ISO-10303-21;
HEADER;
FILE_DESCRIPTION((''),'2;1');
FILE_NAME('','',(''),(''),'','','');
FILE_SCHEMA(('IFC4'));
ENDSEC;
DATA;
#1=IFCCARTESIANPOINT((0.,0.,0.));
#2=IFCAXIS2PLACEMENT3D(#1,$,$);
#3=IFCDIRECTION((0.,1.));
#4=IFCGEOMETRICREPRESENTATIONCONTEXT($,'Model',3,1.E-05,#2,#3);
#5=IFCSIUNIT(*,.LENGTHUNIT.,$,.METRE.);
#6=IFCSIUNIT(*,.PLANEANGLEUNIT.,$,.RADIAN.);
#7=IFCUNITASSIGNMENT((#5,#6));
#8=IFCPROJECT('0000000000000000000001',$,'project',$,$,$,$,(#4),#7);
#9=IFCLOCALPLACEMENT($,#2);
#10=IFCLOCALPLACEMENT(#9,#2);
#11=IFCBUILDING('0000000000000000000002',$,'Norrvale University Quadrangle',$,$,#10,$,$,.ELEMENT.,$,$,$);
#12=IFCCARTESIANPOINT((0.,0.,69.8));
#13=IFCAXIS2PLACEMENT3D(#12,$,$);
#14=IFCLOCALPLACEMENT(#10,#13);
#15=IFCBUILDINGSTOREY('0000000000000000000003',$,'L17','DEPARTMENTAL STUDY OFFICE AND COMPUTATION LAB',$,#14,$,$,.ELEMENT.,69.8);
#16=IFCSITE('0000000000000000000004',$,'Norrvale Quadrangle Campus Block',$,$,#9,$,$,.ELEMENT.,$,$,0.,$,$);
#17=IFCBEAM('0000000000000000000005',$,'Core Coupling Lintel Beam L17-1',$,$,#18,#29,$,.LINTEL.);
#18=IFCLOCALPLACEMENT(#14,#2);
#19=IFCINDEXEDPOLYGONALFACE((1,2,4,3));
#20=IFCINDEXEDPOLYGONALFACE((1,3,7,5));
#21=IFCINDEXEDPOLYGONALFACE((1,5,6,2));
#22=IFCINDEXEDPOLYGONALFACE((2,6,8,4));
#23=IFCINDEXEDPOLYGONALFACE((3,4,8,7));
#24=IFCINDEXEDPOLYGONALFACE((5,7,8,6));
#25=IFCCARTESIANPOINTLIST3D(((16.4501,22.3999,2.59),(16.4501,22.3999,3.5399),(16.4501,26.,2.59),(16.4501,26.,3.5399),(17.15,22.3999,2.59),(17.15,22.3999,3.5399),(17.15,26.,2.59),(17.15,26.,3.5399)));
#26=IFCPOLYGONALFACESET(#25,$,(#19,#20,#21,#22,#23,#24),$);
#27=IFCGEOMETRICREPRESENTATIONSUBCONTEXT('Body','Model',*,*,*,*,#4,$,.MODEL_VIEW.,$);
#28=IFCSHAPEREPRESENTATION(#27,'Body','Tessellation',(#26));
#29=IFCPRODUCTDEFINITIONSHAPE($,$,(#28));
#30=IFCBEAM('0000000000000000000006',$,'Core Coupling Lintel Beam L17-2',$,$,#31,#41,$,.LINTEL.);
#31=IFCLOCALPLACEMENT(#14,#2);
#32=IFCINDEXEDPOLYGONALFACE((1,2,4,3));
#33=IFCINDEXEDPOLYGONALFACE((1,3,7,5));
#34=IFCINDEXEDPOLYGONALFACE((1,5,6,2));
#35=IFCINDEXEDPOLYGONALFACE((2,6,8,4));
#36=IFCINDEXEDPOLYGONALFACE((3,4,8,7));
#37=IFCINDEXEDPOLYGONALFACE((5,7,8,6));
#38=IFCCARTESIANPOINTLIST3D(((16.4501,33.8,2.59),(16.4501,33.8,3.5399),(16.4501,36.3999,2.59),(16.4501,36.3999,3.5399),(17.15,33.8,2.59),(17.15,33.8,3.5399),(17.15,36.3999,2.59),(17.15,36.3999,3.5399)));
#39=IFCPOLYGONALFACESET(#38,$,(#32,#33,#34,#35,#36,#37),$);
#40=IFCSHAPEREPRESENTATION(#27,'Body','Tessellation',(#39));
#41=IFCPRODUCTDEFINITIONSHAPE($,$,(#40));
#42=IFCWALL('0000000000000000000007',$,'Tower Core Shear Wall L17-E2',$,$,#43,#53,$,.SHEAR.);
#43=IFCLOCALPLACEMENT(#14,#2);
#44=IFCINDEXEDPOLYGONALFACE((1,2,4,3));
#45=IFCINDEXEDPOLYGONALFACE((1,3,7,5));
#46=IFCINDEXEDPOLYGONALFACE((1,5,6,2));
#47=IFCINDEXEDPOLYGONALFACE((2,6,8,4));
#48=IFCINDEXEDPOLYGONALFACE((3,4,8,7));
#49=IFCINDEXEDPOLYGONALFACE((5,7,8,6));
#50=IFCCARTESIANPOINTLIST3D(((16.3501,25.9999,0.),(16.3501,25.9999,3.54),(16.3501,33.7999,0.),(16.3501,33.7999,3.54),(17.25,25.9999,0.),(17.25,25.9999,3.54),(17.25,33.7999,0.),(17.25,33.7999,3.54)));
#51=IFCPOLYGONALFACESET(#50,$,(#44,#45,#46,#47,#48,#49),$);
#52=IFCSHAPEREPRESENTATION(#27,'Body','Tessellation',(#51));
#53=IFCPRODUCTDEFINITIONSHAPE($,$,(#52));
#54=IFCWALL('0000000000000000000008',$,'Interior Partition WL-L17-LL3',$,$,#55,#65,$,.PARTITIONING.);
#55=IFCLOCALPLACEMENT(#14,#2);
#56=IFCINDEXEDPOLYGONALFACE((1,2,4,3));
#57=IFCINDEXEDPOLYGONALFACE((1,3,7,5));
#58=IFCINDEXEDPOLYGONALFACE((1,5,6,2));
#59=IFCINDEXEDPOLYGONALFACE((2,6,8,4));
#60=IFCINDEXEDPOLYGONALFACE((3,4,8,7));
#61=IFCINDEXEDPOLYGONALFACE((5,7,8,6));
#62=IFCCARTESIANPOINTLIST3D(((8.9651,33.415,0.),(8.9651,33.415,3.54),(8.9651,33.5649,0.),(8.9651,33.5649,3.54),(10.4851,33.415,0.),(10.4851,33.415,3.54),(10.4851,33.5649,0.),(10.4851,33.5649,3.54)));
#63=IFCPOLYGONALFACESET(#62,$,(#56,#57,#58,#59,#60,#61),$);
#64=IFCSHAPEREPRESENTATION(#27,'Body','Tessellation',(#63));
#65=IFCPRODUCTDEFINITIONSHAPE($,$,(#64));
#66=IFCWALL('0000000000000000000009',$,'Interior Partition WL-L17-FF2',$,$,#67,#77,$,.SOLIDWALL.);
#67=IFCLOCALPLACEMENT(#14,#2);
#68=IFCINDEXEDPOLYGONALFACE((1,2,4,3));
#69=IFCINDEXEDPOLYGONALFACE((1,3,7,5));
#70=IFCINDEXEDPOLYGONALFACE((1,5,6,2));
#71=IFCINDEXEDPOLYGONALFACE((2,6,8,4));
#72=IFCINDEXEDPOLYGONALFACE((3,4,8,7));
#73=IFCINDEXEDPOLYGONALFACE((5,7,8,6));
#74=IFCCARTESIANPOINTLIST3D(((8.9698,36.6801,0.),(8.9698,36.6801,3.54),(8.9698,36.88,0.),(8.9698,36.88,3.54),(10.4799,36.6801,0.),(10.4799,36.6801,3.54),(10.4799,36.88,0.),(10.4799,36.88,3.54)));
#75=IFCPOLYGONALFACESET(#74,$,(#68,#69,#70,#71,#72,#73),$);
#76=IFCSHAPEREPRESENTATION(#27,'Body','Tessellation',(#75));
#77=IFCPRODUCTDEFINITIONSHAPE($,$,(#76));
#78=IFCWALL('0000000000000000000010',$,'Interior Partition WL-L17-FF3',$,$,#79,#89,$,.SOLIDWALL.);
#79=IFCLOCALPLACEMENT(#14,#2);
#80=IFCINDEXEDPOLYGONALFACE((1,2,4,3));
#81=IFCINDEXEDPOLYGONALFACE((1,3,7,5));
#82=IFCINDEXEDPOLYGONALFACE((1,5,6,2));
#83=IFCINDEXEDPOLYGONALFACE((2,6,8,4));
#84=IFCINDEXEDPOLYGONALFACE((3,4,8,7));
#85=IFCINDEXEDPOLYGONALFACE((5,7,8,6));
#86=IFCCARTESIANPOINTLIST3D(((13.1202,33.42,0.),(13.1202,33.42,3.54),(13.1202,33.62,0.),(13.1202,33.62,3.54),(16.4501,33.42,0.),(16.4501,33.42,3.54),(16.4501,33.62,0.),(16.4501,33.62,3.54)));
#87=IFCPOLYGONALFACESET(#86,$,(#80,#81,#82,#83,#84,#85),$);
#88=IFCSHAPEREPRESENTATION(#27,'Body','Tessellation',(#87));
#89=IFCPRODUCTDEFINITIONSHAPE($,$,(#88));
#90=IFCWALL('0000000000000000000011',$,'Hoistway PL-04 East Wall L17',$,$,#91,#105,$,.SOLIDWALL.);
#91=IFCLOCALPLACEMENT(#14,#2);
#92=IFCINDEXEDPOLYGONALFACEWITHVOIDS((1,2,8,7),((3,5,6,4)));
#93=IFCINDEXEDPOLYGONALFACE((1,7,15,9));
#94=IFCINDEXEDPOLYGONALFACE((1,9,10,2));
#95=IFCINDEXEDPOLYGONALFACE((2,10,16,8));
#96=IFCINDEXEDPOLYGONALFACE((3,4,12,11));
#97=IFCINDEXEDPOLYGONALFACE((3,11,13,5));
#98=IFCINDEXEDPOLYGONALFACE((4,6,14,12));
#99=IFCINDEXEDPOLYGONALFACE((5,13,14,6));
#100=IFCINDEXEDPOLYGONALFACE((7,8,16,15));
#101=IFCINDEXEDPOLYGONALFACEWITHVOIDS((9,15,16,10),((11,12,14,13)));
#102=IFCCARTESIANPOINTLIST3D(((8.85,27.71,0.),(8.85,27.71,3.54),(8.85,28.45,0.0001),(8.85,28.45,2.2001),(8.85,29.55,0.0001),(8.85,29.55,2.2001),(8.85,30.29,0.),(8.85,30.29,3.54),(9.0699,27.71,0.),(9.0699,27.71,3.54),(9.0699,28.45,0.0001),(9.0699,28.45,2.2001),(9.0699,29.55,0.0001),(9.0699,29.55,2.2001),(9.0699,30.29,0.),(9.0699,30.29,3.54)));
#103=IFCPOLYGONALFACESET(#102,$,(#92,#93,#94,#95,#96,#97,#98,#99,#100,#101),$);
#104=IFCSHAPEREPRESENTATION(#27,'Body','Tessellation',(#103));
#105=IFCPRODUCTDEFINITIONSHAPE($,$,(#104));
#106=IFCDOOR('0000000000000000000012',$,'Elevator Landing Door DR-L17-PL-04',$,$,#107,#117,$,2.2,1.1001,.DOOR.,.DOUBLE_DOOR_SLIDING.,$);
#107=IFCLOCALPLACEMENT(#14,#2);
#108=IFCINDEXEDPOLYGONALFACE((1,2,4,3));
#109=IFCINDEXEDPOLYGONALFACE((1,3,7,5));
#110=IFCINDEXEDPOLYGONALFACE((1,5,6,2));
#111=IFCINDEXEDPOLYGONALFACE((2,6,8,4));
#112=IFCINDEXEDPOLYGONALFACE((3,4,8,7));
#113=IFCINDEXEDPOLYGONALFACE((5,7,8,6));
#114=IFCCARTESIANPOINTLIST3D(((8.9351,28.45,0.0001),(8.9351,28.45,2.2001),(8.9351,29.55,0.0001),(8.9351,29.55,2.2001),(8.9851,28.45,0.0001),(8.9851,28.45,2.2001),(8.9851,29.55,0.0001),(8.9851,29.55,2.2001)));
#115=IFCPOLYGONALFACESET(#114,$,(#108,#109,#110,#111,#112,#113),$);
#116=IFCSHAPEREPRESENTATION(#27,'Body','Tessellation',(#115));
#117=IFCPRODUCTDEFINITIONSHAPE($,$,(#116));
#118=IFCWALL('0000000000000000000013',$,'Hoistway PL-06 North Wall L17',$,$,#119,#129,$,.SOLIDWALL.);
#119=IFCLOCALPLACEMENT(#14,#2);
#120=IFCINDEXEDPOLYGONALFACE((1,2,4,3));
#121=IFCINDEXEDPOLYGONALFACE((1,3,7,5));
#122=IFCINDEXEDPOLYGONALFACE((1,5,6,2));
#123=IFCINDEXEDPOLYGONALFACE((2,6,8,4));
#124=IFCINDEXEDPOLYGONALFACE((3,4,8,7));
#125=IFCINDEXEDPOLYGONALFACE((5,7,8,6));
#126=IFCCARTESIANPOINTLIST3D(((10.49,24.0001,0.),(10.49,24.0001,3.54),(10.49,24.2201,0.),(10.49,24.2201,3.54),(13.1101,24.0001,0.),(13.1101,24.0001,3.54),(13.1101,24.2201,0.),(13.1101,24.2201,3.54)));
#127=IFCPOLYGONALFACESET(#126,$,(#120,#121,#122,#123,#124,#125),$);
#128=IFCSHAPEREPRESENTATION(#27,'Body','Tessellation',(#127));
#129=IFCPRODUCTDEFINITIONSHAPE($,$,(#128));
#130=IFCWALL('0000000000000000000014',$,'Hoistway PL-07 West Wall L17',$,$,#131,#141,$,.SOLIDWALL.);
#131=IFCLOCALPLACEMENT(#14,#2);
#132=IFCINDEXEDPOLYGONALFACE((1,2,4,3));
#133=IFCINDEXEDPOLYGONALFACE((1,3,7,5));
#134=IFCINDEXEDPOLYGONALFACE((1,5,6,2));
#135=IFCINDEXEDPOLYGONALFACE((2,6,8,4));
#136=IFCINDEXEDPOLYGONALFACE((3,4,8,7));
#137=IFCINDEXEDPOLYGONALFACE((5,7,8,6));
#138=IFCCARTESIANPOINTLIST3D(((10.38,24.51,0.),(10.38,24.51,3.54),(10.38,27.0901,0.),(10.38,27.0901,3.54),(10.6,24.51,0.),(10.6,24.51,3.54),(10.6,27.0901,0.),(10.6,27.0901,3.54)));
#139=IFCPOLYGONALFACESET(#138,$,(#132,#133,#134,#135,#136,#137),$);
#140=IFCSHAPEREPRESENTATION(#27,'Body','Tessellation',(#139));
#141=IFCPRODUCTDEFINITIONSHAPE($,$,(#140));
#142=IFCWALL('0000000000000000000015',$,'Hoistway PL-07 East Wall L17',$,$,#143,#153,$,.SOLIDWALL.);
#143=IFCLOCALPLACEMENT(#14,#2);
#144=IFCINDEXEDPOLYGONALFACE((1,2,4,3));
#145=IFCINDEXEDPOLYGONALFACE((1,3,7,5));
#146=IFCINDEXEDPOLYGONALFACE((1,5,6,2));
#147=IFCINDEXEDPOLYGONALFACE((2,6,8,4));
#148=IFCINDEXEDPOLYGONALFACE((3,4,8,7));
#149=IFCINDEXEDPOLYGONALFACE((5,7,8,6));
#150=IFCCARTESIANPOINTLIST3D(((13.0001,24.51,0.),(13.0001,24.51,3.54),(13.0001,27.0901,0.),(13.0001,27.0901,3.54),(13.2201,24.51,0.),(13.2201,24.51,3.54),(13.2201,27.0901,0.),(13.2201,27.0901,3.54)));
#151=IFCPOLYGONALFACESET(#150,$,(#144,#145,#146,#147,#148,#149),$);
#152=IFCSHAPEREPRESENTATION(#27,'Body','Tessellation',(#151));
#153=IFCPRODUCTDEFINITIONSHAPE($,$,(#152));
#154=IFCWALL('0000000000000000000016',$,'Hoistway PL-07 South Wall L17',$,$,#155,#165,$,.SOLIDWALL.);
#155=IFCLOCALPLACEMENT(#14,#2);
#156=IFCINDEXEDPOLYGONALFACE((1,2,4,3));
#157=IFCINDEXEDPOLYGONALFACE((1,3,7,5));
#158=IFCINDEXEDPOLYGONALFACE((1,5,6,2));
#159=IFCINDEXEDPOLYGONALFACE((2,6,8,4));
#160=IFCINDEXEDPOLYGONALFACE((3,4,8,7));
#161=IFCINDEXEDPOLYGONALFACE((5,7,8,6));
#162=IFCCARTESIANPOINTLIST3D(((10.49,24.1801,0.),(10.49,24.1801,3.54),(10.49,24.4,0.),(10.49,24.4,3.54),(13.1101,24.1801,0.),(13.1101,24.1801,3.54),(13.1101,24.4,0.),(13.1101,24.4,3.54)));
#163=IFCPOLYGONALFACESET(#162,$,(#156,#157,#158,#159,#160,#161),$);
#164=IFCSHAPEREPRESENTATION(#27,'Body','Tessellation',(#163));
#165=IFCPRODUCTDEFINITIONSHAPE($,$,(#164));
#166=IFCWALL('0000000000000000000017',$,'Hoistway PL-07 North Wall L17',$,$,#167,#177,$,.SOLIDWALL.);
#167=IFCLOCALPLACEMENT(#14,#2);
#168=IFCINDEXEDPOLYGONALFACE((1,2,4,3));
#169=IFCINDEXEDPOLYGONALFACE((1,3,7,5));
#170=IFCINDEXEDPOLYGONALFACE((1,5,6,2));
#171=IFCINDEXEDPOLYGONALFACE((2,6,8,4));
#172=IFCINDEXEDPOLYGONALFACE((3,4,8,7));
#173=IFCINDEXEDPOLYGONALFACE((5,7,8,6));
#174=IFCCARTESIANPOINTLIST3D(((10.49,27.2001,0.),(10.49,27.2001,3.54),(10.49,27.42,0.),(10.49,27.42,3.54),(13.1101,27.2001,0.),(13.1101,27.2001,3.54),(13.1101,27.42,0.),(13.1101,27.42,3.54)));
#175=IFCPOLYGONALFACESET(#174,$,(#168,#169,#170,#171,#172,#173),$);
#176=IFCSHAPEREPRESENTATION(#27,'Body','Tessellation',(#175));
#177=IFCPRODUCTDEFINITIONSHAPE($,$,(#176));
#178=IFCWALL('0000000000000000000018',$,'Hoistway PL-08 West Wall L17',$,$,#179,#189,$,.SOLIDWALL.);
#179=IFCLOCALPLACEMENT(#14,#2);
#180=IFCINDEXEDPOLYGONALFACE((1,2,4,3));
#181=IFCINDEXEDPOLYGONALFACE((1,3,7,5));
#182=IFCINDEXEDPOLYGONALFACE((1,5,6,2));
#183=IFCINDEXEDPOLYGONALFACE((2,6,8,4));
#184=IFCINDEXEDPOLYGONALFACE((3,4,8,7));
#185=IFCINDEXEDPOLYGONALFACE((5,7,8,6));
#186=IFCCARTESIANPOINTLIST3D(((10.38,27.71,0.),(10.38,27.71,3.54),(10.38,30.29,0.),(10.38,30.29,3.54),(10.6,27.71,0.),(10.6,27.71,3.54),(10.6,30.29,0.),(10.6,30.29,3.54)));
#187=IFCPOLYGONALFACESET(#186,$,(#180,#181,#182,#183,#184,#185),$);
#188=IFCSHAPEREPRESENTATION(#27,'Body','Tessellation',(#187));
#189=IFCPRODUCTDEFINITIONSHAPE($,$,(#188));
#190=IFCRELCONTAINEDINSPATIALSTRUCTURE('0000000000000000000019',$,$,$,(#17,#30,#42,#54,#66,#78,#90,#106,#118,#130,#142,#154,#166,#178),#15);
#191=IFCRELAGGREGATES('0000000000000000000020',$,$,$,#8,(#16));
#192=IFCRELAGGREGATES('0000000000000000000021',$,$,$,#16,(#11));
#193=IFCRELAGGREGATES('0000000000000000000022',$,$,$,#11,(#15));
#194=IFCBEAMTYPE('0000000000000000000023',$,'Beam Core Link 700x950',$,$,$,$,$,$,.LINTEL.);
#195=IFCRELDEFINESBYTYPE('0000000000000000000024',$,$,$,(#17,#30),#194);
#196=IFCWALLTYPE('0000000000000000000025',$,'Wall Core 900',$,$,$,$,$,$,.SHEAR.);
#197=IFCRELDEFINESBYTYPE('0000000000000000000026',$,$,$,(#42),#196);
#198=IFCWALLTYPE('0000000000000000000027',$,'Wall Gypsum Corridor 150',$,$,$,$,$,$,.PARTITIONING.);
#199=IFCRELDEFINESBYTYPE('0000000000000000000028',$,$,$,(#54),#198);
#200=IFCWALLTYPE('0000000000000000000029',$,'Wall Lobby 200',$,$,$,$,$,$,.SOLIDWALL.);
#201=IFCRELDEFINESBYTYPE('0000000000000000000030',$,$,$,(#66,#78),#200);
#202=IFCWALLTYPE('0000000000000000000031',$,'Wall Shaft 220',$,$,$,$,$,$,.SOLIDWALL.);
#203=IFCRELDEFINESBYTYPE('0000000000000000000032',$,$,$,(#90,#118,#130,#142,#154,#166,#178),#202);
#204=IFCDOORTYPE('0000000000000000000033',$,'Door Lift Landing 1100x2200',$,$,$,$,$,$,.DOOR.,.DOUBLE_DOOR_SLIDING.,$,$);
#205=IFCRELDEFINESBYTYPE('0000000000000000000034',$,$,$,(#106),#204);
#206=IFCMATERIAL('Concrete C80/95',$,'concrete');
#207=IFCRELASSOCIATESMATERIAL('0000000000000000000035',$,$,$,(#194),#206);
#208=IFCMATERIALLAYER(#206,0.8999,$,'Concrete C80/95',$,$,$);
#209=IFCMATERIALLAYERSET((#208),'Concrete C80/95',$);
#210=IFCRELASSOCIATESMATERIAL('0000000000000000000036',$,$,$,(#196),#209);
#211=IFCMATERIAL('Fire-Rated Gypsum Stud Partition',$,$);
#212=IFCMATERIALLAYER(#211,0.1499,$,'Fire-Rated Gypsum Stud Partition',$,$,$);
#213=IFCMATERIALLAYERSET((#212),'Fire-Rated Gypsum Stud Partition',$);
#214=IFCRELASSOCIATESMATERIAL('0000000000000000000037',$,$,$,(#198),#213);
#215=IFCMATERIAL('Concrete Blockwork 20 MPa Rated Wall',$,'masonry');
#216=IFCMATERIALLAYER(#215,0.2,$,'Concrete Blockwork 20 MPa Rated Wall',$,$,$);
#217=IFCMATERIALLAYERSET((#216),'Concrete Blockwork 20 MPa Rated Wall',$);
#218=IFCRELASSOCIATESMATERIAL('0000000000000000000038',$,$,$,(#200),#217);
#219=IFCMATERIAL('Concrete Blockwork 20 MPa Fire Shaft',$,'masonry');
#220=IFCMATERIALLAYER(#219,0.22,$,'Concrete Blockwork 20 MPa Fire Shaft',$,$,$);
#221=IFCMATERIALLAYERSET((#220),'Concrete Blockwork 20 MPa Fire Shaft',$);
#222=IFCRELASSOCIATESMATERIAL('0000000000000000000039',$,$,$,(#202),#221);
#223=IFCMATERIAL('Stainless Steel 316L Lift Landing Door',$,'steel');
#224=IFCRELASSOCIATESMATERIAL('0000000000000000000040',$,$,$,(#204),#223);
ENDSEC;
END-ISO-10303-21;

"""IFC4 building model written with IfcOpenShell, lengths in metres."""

from ifc_helpers import new_model, si_unit, direction, frame, frame_2d, origin, origin_2d, place, context, subcontext, project, spatial, rectangle, extrude, material, layer, layer_set, material_profile, profile_set, type_object, element, fill, save


model = new_model("IFC4")

# Units and contexts
model_context = context("Model", 3, precision=1e-05, world=origin(), true_north=direction((0.0, 1.0)))
body_context = subcontext(model_context, "Body", "Model", "MODEL_VIEW")
ifc_project = project(units=[si_unit("LENGTHUNIT", "METRE"), si_unit("PLANEANGLEUNIT", "RADIAN")], contexts=[model_context])

# Site, building, storey
site_placement = place(None, origin())
site = spatial("IfcSite", under=ifc_project, at=site_placement, Name="Norrvale Quadrangle Campus Block", CompositionType="ELEMENT", RefElevation=0.0)
building_placement = place(site_placement, origin())
building = spatial("IfcBuilding", under=site, at=building_placement, Name="Norrvale University Quadrangle", CompositionType="ELEMENT")
storey_placement = place(building_placement, frame((0.0, 0.0, 69.8)))
storey = spatial("IfcBuildingStorey", under=building, at=storey_placement, Name="L17", Description="DEPARTMENTAL STUDY OFFICE AND COMPUTATION LAB", CompositionType="ELEMENT", Elevation=69.8)

# Beams
ifc_material_1 = material(Name="Concrete C80/95", Category="concrete")
ifc_material_profile = material_profile(ifc_material_1, rectangle(XDim=0.7, YDim=0.95, at=origin_2d()), Name="Concrete C80/95")
ifc_profile_set = profile_set([ifc_material_profile], Name="Concrete C80/95")
beam_type = type_object("IfcBeamType", Name="Beam Core Link 700x950", PredefinedType="LINTEL", material=ifc_profile_set)
beam_1_placement = place(storey_placement, frame((16.8, 22.3999, 3.0649), z_axis=(0.0, 1.0, 0.0), x_axis=(-1.0, 0.0, 0.0)))
element("IfcBeam", 1, at=beam_1_placement, inside=storey, type_object=beam_type, Name="Core Coupling Lintel Beam L17-1", PredefinedType="LINTEL", context=body_context, shape_type="SweptSolid", body=[
    extrude(rectangle(XDim=0.7, YDim=0.95, at=origin_2d()), origin(), (0.0, 0.0, 1.0), 3.6001),
])
beam_2_placement = place(storey_placement, frame((16.8, 33.8, 3.0649), z_axis=(0.0, 1.0, 0.0), x_axis=(-1.0, 0.0, 0.0)))
element("IfcBeam", 2, at=beam_2_placement, inside=storey, type_object=beam_type, Name="Core Coupling Lintel Beam L17-2", PredefinedType="LINTEL", context=body_context, shape_type="SweptSolid", body=[
    extrude(rectangle(XDim=0.7, YDim=0.95, at=origin_2d()), origin(), (0.0, 0.0, 1.0), 2.5999),
])

# Wall
ifc_layer_1 = layer(ifc_material_1, 0.8999, Name="Concrete C80/95")
ifc_layer_set_1 = layer_set([ifc_layer_1], Name="Concrete C80/95")
wall_type_1 = type_object("IfcWallType", Name="Wall Core 900", PredefinedType="SHEAR", material=ifc_layer_set_1)
wall_1_placement = place(storey_placement, frame((16.8, 26.0, 0.0), z_axis=(0.0, 0.0, 1.0), x_axis=(0.0, 1.0, 0.0)))
element("IfcWall", 3, at=wall_1_placement, inside=storey, type_object=wall_type_1, Name="Tower Core Shear Wall L17-E2", PredefinedType="SHEAR", context=body_context, shape_type="SweptSolid", body=[
    extrude(rectangle(XDim=7.8, YDim=0.8999, at=frame_2d((3.8999, 0.0))), origin(), (0.0, 0.0, 1.0), 3.54),
])

# Walls
ifc_material_2 = material(Name="Fire-Rated Gypsum Stud Partition")
ifc_layer_2 = layer(ifc_material_2, 0.1499, Name="Fire-Rated Gypsum Stud Partition")
ifc_layer_set_2 = layer_set([ifc_layer_2], Name="Fire-Rated Gypsum Stud Partition")
wall_type_2 = type_object("IfcWallType", Name="Wall Gypsum Corridor 150", PredefinedType="PARTITIONING", material=ifc_layer_set_2)
wall_2_placement = place(storey_placement, frame((8.9651, 33.49, 0.0), z_axis=(0.0, 0.0, 1.0), x_axis=(1.0, 0.0, 0.0)))
element("IfcWall", 4, at=wall_2_placement, inside=storey, type_object=wall_type_2, Name="Interior Partition WL-L17-LL3", PredefinedType="PARTITIONING", context=body_context, shape_type="SweptSolid", body=[
    extrude(rectangle(XDim=1.52, YDim=0.1499, at=frame_2d((0.76, 0.0))), origin(), (0.0, 0.0, 1.0), 3.54),
])
ifc_material_3 = material(Name="Concrete Blockwork 20 MPa Rated Wall", Category="masonry")
ifc_layer_3 = layer(ifc_material_3, 0.2, Name="Concrete Blockwork 20 MPa Rated Wall")
ifc_layer_set_3 = layer_set([ifc_layer_3], Name="Concrete Blockwork 20 MPa Rated Wall")
wall_type_3 = type_object("IfcWallType", Name="Wall Lobby 200", PredefinedType="SOLIDWALL", material=ifc_layer_set_3)
wall_3_placement = place(storey_placement, frame((8.97, 36.78, 0.0), z_axis=(0.0, 0.0, 1.0), x_axis=(1.0, 0.0, 0.0)))
element("IfcWall", 5, at=wall_3_placement, inside=storey, type_object=wall_type_3, Name="Interior Partition WL-L17-FF2", PredefinedType="SOLIDWALL", context=body_context, shape_type="SweptSolid", body=[
    extrude(rectangle(XDim=1.51, YDim=0.2, at=frame_2d((0.7549, 0.0))), origin(), (0.0, 0.0, 1.0), 3.54),
])
wall_4_placement = place(storey_placement, frame((13.1201, 33.52, 0.0), z_axis=(0.0, 0.0, 1.0), x_axis=(1.0, 0.0, 0.0)))
element("IfcWall", 6, at=wall_4_placement, inside=storey, type_object=wall_type_3, Name="Interior Partition WL-L17-FF3", PredefinedType="SOLIDWALL", context=body_context, shape_type="SweptSolid", body=[
    extrude(rectangle(XDim=3.3298, YDim=0.2, at=frame_2d((1.665, 0.0))), origin(), (0.0, 0.0, 1.0), 3.54),
])

# Wall, opening, door
ifc_material_4 = material(Name="Concrete Blockwork 20 MPa Fire Shaft", Category="masonry")
ifc_layer_4 = layer(ifc_material_4, 0.22, Name="Concrete Blockwork 20 MPa Fire Shaft")
ifc_layer_set_4 = layer_set([ifc_layer_4], Name="Concrete Blockwork 20 MPa Fire Shaft")
wall_type_4 = type_object("IfcWallType", Name="Wall Shaft 220", PredefinedType="SOLIDWALL", material=ifc_layer_set_4)
wall_5_placement = place(storey_placement, frame((8.96, 27.71, 0.0), z_axis=(0.0, 0.0, 1.0), x_axis=(0.0, 1.0, 0.0)))
wall_5 = element("IfcWall", 7, at=wall_5_placement, inside=storey, type_object=wall_type_4, Name="Hoistway PL-04 East Wall L17", PredefinedType="SOLIDWALL", context=body_context, shape_type="SweptSolid", body=[
    extrude(rectangle(XDim=2.5801, YDim=0.22, at=frame_2d((1.29, 0.0))), origin(), (0.0, 0.0, 1.0), 3.54),
])
opening_1_placement = place(wall_5_placement, frame((0.74, 0.0, 0.0)))
opening_1 = element("IfcOpeningElement", 8, at=opening_1_placement, cuts=wall_5, PredefinedType="OPENING", context=body_context, shape_type="SweptSolid", body=[
    extrude(rectangle(XDim=1.1001, YDim=2.2, at=frame_2d((0.55, 1.1001))), frame((0.0, 0.1221, 0.0), z_axis=(0.0, -1.0, 0.0), x_axis=(1.0, 0.0, 0.0)), (0.0, 0.0, 1.0), 0.2439),
])
ifc_material_5 = material(Name="Stainless Steel 316L Lift Landing Door", Category="steel")
door_type_1 = type_object("IfcDoorType", Name="Door Lift Landing 1100x2200", OperationType="DOUBLE_DOOR_SLIDING", PredefinedType="DOOR", material=ifc_material_5)
door_1_placement = place(opening_1_placement, origin())
door_1 = element("IfcDoor", 9, at=door_1_placement, inside=storey, type_object=door_type_1, Name="Elevator Landing Door DR-L17-PL-04", OperationType="DOUBLE_DOOR_SLIDING", OverallHeight=2.2, OverallWidth=1.1001, PredefinedType="DOOR", context=body_context, shape_type="SweptSolid", body=[
    extrude(rectangle(XDim=1.1001, YDim=2.2, at=frame_2d((0.55, 1.1001))), frame((0.0, 0.0249, 0.0), z_axis=(0.0, -1.0, 0.0), x_axis=(1.0, 0.0, 0.0)), (0.0, 0.0, 1.0), 0.05),
])
fill(opening_1, door_1)

# Walls
wall_6_placement = place(storey_placement, frame((10.49, 24.1101, 0.0), z_axis=(0.0, 0.0, 1.0), x_axis=(1.0, 0.0, 0.0)))
element("IfcWall", 10, at=wall_6_placement, inside=storey, type_object=wall_type_4, Name="Hoistway PL-06 North Wall L17", PredefinedType="SOLIDWALL", context=body_context, shape_type="SweptSolid", body=[
    extrude(rectangle(XDim=2.6201, YDim=0.22, at=frame_2d((1.3101, 0.0))), origin(), (0.0, 0.0, 1.0), 3.54),
])
for number, where, z_axis, x_axis, name in (
    (11, (10.49, 24.51, 0.0), (0.0, 0.0, 1.0), (0.0, 1.0, 0.0), "Hoistway PL-07 West Wall L17"),
    (12, (13.1101, 24.51, 0.0), (0.0, 0.0, 1.0), (0.0, 1.0, 0.0), "Hoistway PL-07 East Wall L17"),
):
    element("IfcWall", number, at=place(storey_placement, frame(where, z_axis=z_axis, x_axis=x_axis)), inside=storey, type_object=wall_type_4, Name=name, PredefinedType="SOLIDWALL", context=body_context, shape_type="SweptSolid", body=[
        extrude(rectangle(XDim=2.5801, YDim=0.22, at=frame_2d((1.29, 0.0))), origin(), (0.0, 0.0, 1.0), 3.54),
    ])
for number, where, z_axis, x_axis, name in (
    (13, (10.49, 24.29, 0.0), (0.0, 0.0, 1.0), (1.0, 0.0, 0.0), "Hoistway PL-07 South Wall L17"),
    (14, (10.49, 27.3101, 0.0), (0.0, 0.0, 1.0), (1.0, 0.0, 0.0), "Hoistway PL-07 North Wall L17"),
):
    element("IfcWall", number, at=place(storey_placement, frame(where, z_axis=z_axis, x_axis=x_axis)), inside=storey, type_object=wall_type_4, Name=name, PredefinedType="SOLIDWALL", context=body_context, shape_type="SweptSolid", body=[
        extrude(rectangle(XDim=2.6201, YDim=0.22, at=frame_2d((1.3101, 0.0))), origin(), (0.0, 0.0, 1.0), 3.54),
    ])
for number, where, z_axis, x_axis, name in (
    (15, (10.49, 27.71, 0.0), (0.0, 0.0, 1.0), (0.0, 1.0, 0.0), "Hoistway PL-08 West Wall L17"),
):
    element("IfcWall", number, at=place(storey_placement, frame(where, z_axis=z_axis, x_axis=x_axis)), inside=storey, type_object=wall_type_4, Name=name, PredefinedType="SOLIDWALL", context=body_context, shape_type="SweptSolid", body=[
        extrude(rectangle(XDim=2.5801, YDim=0.22, at=frame_2d((1.29, 0.0))), origin(), (0.0, 0.0, 1.0), 3.54),
    ])

save(model, "model.ifc")
